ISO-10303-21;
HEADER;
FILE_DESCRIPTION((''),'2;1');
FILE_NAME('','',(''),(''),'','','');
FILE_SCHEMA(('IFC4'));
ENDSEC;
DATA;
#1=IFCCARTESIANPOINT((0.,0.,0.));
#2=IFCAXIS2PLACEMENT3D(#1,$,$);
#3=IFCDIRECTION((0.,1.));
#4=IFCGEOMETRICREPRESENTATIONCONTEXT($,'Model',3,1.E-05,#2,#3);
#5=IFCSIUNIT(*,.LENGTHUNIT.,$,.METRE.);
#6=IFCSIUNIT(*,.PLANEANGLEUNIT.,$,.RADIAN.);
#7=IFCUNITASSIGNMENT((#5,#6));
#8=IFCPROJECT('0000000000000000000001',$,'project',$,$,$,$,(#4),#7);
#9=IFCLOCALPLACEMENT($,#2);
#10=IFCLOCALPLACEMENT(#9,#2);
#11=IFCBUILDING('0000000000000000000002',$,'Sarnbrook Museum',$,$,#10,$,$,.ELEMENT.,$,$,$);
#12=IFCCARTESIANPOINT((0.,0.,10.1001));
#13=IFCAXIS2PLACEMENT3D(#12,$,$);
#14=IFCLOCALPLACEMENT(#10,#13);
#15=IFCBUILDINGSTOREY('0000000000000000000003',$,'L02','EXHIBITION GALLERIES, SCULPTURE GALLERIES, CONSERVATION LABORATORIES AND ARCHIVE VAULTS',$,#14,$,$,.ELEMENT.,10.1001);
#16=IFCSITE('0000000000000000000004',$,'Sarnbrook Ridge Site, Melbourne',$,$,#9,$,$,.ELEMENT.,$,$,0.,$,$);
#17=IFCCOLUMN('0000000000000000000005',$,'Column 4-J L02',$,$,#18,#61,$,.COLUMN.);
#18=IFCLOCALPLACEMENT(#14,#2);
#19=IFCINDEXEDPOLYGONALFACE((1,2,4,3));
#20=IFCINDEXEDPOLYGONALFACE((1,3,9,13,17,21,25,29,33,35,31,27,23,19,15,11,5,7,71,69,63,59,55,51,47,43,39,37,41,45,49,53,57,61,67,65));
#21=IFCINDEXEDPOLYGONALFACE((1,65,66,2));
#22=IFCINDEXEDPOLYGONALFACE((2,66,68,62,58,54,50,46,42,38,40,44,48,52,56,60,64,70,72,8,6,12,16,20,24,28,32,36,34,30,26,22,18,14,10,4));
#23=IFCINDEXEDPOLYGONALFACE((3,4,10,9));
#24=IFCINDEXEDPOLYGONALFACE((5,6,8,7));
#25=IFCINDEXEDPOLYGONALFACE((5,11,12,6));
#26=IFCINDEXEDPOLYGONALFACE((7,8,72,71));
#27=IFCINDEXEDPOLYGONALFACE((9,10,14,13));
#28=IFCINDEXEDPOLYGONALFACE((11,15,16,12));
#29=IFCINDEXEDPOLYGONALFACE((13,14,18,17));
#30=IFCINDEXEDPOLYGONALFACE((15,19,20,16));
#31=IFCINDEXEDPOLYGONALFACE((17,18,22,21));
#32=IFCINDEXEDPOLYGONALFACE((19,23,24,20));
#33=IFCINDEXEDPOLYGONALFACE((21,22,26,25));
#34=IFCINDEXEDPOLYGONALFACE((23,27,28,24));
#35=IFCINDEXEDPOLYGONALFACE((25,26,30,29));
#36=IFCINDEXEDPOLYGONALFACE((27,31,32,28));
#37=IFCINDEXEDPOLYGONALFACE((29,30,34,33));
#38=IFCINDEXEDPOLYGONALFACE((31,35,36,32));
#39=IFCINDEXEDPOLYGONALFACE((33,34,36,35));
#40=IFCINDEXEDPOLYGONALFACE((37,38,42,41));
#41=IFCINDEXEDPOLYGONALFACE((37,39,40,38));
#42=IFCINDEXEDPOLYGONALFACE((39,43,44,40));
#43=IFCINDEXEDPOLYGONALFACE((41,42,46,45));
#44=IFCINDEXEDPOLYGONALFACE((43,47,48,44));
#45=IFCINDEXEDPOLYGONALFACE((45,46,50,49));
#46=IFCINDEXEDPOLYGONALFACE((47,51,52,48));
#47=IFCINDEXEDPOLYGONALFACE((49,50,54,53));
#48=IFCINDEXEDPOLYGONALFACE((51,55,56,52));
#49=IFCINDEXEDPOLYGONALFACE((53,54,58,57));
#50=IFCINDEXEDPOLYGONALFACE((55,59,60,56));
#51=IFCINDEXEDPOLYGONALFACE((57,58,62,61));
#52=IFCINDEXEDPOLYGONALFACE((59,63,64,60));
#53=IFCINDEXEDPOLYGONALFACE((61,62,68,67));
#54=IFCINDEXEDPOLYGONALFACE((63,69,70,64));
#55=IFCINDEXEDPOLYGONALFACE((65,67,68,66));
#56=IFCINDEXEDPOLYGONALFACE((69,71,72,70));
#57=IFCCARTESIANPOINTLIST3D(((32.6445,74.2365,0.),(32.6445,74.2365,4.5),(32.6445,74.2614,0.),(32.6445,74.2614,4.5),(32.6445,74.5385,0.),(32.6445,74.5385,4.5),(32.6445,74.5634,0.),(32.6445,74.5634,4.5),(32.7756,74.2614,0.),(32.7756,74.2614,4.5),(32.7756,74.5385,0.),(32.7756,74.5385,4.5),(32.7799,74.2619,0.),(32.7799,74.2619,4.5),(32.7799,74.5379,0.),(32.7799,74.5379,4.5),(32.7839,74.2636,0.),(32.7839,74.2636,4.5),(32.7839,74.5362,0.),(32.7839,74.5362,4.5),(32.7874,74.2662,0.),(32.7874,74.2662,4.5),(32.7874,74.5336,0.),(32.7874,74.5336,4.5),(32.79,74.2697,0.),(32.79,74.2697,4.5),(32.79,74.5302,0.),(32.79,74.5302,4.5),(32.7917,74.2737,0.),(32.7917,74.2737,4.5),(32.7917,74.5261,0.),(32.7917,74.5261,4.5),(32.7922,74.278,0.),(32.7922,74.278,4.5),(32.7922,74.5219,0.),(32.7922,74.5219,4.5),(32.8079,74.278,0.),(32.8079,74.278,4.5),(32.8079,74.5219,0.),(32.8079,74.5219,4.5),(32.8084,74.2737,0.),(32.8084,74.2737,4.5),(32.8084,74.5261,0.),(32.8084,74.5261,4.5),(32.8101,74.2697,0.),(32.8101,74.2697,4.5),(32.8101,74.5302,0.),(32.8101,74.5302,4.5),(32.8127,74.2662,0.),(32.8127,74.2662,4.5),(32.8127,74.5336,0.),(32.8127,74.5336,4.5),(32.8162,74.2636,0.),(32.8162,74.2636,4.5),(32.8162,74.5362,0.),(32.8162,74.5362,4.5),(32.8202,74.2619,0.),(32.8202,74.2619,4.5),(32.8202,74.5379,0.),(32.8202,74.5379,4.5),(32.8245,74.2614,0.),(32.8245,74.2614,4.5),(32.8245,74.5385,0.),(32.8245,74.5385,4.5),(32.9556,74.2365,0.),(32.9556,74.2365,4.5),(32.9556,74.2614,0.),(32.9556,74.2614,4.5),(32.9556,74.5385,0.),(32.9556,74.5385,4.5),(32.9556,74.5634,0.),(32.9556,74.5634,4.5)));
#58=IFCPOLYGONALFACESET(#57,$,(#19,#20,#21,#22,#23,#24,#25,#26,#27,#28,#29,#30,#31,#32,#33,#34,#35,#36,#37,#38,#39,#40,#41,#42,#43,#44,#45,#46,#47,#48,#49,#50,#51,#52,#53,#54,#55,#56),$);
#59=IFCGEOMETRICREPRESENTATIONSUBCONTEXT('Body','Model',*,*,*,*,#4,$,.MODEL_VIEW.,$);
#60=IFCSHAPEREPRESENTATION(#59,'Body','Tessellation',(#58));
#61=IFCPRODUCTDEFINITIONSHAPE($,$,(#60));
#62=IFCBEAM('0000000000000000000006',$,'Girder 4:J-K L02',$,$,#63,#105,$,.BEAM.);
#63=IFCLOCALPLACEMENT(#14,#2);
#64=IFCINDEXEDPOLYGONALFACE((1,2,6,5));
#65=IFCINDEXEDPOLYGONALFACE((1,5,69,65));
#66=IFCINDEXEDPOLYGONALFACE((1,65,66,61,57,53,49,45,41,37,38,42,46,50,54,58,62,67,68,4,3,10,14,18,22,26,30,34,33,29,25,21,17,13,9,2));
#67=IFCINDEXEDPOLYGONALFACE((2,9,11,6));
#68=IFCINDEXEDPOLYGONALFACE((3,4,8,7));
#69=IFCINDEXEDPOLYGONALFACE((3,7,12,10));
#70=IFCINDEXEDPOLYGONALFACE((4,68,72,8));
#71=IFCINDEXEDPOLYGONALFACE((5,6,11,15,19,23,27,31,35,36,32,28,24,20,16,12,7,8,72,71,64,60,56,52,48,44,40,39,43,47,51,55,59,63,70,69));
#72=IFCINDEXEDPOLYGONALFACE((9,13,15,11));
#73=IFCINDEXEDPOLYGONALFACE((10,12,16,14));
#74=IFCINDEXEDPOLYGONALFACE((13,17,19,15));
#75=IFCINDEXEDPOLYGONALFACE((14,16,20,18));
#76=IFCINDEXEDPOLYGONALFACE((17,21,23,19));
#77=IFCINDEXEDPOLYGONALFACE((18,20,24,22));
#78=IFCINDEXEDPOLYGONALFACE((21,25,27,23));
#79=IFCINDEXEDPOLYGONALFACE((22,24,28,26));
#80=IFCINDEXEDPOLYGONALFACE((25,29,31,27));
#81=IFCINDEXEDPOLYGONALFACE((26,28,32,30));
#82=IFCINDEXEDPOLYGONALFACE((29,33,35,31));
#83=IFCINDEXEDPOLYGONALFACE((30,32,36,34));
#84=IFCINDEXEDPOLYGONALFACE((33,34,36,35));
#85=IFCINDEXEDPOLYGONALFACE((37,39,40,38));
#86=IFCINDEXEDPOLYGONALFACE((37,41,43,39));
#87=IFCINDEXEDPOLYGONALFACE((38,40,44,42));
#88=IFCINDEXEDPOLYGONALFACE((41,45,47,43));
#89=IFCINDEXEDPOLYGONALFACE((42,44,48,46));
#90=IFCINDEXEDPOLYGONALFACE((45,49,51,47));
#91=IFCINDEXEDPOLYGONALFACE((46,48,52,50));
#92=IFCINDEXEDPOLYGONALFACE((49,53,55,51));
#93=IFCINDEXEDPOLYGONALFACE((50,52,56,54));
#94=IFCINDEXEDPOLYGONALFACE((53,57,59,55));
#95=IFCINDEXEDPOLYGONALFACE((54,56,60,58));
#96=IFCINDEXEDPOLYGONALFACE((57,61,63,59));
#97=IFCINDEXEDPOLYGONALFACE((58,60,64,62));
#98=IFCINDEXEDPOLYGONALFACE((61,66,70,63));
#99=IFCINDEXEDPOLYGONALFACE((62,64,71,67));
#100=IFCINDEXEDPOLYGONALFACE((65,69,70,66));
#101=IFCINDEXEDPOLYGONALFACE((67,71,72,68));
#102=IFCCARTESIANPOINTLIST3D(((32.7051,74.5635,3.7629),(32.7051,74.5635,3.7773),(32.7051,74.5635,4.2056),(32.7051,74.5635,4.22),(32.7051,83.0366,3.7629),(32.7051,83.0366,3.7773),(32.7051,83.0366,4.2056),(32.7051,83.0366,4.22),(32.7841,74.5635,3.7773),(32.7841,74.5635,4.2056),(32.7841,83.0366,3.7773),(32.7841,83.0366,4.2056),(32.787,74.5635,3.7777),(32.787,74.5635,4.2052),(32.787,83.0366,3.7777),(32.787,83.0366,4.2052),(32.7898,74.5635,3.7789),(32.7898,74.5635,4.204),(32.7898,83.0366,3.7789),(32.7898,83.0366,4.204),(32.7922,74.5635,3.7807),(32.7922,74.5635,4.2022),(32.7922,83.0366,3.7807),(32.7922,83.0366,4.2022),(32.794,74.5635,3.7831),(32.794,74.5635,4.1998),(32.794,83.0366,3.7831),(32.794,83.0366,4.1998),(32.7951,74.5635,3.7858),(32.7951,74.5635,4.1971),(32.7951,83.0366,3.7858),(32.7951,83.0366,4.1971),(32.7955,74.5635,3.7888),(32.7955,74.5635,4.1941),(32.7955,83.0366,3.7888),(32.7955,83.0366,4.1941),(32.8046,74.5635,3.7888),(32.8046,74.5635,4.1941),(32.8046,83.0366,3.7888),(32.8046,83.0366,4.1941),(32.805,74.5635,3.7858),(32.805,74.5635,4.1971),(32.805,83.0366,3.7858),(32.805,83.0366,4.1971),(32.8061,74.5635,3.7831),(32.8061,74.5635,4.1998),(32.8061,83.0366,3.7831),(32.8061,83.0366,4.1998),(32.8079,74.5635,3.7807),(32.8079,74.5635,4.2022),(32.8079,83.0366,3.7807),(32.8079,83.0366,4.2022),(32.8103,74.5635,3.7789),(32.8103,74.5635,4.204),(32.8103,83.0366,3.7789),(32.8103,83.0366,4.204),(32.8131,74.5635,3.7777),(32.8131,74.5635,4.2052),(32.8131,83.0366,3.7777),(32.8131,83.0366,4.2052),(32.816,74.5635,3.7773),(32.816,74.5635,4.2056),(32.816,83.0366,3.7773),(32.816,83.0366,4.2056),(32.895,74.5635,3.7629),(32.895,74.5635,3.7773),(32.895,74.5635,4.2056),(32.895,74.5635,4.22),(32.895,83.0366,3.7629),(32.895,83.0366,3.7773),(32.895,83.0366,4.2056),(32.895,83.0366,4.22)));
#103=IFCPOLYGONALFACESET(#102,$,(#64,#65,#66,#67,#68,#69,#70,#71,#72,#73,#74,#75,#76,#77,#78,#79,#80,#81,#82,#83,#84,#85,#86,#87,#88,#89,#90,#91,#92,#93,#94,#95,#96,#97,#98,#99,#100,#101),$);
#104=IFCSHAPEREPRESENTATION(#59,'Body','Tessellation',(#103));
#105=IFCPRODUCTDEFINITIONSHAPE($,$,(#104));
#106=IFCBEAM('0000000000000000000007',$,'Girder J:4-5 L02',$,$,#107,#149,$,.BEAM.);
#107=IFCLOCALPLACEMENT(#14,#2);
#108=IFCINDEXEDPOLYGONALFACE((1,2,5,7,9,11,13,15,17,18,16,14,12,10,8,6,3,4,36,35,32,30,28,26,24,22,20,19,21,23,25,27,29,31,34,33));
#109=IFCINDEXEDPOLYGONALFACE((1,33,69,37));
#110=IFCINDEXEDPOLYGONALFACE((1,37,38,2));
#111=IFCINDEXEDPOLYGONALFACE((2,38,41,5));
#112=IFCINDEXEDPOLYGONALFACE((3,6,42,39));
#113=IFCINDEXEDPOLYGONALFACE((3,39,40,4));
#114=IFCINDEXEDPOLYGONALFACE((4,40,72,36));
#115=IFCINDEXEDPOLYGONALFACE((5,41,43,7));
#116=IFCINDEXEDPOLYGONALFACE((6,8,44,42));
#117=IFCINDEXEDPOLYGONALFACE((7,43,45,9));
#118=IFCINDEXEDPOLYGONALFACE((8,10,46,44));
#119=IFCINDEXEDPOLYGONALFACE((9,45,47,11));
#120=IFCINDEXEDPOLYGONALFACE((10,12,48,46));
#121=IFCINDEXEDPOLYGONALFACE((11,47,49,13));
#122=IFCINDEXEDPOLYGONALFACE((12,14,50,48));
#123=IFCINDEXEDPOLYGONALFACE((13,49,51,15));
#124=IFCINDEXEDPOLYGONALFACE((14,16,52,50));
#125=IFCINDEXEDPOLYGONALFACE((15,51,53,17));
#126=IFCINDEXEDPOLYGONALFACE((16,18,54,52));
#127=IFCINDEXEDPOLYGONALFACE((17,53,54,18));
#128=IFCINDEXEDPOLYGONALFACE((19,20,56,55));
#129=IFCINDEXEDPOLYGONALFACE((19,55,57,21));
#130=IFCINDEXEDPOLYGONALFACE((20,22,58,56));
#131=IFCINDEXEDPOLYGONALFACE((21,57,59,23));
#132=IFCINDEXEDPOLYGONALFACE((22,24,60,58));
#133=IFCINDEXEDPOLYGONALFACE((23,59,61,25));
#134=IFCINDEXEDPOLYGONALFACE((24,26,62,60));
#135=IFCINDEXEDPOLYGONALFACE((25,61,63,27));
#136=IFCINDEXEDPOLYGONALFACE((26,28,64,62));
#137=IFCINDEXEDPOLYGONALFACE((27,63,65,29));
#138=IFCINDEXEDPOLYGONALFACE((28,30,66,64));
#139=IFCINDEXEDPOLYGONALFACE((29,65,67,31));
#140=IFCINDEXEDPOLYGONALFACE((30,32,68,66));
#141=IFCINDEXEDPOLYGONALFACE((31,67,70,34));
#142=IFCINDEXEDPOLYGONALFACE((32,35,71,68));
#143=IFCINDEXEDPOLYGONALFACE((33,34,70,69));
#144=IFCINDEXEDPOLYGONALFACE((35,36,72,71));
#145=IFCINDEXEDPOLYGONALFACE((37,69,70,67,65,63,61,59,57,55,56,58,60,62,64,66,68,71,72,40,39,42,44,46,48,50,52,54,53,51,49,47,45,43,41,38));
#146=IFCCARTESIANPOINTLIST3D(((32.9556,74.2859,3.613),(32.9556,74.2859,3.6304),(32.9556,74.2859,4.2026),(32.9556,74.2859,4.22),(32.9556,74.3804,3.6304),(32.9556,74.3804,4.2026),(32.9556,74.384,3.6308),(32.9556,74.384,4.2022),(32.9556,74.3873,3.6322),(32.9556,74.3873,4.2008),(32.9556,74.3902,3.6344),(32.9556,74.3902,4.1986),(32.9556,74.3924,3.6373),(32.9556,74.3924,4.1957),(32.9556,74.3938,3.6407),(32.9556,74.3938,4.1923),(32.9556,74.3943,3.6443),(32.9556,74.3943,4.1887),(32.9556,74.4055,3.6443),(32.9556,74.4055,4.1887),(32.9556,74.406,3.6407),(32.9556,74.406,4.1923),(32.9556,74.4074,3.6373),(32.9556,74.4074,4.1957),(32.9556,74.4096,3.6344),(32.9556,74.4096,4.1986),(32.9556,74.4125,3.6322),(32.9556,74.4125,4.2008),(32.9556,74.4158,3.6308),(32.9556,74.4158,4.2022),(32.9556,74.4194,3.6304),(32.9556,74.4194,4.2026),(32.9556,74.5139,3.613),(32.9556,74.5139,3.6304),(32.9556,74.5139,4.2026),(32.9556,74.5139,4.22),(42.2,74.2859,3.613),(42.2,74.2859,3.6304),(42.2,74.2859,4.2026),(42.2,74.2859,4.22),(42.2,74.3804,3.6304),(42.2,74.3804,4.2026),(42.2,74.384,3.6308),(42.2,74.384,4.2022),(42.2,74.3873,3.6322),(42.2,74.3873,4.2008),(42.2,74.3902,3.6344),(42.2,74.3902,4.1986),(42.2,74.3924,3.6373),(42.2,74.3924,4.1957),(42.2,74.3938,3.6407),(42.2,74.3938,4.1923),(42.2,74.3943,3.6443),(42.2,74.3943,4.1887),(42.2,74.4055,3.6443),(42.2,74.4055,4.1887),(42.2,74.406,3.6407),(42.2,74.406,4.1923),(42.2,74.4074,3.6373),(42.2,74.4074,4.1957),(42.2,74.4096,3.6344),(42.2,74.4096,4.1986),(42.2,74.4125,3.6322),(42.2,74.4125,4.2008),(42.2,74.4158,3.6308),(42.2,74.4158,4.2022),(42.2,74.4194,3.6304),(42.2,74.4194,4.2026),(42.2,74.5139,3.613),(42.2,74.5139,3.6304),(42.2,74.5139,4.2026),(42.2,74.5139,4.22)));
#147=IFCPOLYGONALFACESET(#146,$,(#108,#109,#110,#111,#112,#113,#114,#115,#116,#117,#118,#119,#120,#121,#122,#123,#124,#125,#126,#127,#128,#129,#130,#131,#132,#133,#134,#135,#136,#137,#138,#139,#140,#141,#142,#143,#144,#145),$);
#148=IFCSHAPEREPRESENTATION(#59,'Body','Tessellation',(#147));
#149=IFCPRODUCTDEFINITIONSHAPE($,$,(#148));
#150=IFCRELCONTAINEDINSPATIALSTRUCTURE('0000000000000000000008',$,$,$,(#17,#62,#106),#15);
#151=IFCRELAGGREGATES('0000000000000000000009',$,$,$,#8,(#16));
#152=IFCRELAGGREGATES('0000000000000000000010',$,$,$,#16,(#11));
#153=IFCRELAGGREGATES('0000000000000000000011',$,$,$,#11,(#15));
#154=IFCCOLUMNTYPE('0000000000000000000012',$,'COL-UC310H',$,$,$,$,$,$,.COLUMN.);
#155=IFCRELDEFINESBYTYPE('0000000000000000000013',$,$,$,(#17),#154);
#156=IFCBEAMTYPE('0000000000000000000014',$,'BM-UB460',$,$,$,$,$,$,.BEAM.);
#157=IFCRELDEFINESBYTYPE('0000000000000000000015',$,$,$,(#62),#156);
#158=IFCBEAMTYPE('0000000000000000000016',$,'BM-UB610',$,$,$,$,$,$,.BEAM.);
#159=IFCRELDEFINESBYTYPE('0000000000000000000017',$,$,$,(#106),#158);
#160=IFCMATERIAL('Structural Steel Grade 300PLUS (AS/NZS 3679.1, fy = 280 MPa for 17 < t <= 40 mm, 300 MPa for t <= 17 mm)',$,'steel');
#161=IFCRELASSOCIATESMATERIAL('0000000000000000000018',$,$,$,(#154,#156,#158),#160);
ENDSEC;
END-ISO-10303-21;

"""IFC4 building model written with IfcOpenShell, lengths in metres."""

from ifc_helpers import new_model, si_unit, direction, frame, origin, origin_2d, place, context, subcontext, project, spatial, i_section, extrude, material, material_profile, profile_set, type_object, element, save


model = new_model("IFC4")

# Units and contexts
model_context = context("Model", 3, precision=1e-05, world=origin(), true_north=direction((0.0, 1.0)))
body_context = subcontext(model_context, "Body", "Model", "MODEL_VIEW")
ifc_project = project(units=[si_unit("LENGTHUNIT", "METRE"), si_unit("PLANEANGLEUNIT", "RADIAN")], contexts=[model_context])

# Site, building, storey
site_placement = place(None, origin())
site = spatial("IfcSite", under=ifc_project, at=site_placement, Name="Sarnbrook Ridge Site, Melbourne", CompositionType="ELEMENT", RefElevation=0.0)
building_placement = place(site_placement, origin())
building = spatial("IfcBuilding", under=site, at=building_placement, Name="Sarnbrook Museum", CompositionType="ELEMENT")
storey_placement = place(building_placement, frame((0.0, 0.0, 10.1001)))
storey = spatial("IfcBuildingStorey", under=building, at=storey_placement, Name="L02", Description="EXHIBITION GALLERIES, SCULPTURE GALLERIES, CONSERVATION LABORATORIES AND ARCHIVE VAULTS", CompositionType="ELEMENT", Elevation=10.1001)

# Column
ifc_material_1 = material(Name="Structural Steel Grade 300PLUS (AS/NZS 3679.1, fy = 280 MPa for 17 < t <= 40 mm, 300 MPa for t <= 17 mm)", Category="steel")
ifc_material_profile_1 = material_profile(ifc_material_1, i_section(OverallWidth=0.311, OverallDepth=0.3269, WebThickness=0.0156, FlangeThickness=0.0249, FilletRadius=0.0166, at=origin_2d()), Name="310UC158")
ifc_profile_set_1 = profile_set([ifc_material_profile_1], Name="Structural Steel Grade 300PLUS (AS/NZS 3679.1, fy = 280 MPa for 17 < t <= 40 mm, 300 MPa for t <= 17 mm)")
column_type = type_object("IfcColumnType", Name="COL-UC310H", PredefinedType="COLUMN", material=ifc_profile_set_1)
column_placement = place(storey_placement, frame((32.8, 74.3999, 0.0), z_axis=(0.0, 0.0, 1.0), x_axis=(1.0, 0.0, 0.0)))
element("IfcColumn", 1, at=column_placement, inside=storey, type_object=column_type, Name="Column 4-J L02", PredefinedType="COLUMN", context=body_context, shape_type="SweptSolid", body=[
    extrude(i_section(OverallWidth=0.311, OverallDepth=0.3269, WebThickness=0.0156, FlangeThickness=0.0249, FilletRadius=0.0166, at=origin_2d()), origin(), (0.0, 0.0, 1.0), 4.5),
])

# Beams
ifc_material_profile_2 = material_profile(ifc_material_1, i_section(OverallWidth=0.1899, OverallDepth=0.457, WebThickness=0.009, FlangeThickness=0.0144, FilletRadius=0.0115, at=origin_2d()), Name="460UB74.6")
ifc_profile_set_2 = profile_set([ifc_material_profile_2], Name="Structural Steel Grade 300PLUS (AS/NZS 3679.1, fy = 280 MPa for 17 < t <= 40 mm, 300 MPa for t <= 17 mm)")
beam_type_1 = type_object("IfcBeamType", Name="BM-UB460", PredefinedType="BEAM", material=ifc_profile_set_2)
beam_1_placement = place(storey_placement, frame((32.8, 74.5635, 3.9915), z_axis=(0.0, 1.0, 0.0), x_axis=(-1.0, 0.0, 0.0)))
element("IfcBeam", 2, at=beam_1_placement, inside=storey, type_object=beam_type_1, Name="Girder 4:J-K L02", PredefinedType="BEAM", context=body_context, shape_type="SweptSolid", body=[
    extrude(i_section(OverallWidth=0.1899, OverallDepth=0.457, WebThickness=0.009, FlangeThickness=0.0144, FilletRadius=0.0115, at=origin_2d()), origin(), (0.0, 0.0, 1.0), 8.4731),
])
ifc_material_profile_3 = material_profile(ifc_material_1, i_section(OverallWidth=0.228, OverallDepth=0.6069, WebThickness=0.0112, FlangeThickness=0.0173, FilletRadius=0.0139, at=origin_2d()), Name="610UB113")
ifc_profile_set_3 = profile_set([ifc_material_profile_3], Name="Structural Steel Grade 300PLUS (AS/NZS 3679.1, fy = 280 MPa for 17 < t <= 40 mm, 300 MPa for t <= 17 mm)")
beam_type_2 = type_object("IfcBeamType", Name="BM-UB610", PredefinedType="BEAM", material=ifc_profile_set_3)
beam_2_placement = place(storey_placement, frame((32.9556, 74.3999, 3.9165), z_axis=(1.0, 0.0, 0.0), x_axis=(0.0, 1.0, 0.0)))
element("IfcBeam", 3, at=beam_2_placement, inside=storey, type_object=beam_type_2, Name="Girder J:4-5 L02", PredefinedType="BEAM", context=body_context, shape_type="SweptSolid", body=[
    extrude(i_section(OverallWidth=0.228, OverallDepth=0.6069, WebThickness=0.0112, FlangeThickness=0.0173, FilletRadius=0.0139, at=origin_2d()), origin(), (0.0, 0.0, 1.0), 9.2444),
])

save(model, "model.ifc")
